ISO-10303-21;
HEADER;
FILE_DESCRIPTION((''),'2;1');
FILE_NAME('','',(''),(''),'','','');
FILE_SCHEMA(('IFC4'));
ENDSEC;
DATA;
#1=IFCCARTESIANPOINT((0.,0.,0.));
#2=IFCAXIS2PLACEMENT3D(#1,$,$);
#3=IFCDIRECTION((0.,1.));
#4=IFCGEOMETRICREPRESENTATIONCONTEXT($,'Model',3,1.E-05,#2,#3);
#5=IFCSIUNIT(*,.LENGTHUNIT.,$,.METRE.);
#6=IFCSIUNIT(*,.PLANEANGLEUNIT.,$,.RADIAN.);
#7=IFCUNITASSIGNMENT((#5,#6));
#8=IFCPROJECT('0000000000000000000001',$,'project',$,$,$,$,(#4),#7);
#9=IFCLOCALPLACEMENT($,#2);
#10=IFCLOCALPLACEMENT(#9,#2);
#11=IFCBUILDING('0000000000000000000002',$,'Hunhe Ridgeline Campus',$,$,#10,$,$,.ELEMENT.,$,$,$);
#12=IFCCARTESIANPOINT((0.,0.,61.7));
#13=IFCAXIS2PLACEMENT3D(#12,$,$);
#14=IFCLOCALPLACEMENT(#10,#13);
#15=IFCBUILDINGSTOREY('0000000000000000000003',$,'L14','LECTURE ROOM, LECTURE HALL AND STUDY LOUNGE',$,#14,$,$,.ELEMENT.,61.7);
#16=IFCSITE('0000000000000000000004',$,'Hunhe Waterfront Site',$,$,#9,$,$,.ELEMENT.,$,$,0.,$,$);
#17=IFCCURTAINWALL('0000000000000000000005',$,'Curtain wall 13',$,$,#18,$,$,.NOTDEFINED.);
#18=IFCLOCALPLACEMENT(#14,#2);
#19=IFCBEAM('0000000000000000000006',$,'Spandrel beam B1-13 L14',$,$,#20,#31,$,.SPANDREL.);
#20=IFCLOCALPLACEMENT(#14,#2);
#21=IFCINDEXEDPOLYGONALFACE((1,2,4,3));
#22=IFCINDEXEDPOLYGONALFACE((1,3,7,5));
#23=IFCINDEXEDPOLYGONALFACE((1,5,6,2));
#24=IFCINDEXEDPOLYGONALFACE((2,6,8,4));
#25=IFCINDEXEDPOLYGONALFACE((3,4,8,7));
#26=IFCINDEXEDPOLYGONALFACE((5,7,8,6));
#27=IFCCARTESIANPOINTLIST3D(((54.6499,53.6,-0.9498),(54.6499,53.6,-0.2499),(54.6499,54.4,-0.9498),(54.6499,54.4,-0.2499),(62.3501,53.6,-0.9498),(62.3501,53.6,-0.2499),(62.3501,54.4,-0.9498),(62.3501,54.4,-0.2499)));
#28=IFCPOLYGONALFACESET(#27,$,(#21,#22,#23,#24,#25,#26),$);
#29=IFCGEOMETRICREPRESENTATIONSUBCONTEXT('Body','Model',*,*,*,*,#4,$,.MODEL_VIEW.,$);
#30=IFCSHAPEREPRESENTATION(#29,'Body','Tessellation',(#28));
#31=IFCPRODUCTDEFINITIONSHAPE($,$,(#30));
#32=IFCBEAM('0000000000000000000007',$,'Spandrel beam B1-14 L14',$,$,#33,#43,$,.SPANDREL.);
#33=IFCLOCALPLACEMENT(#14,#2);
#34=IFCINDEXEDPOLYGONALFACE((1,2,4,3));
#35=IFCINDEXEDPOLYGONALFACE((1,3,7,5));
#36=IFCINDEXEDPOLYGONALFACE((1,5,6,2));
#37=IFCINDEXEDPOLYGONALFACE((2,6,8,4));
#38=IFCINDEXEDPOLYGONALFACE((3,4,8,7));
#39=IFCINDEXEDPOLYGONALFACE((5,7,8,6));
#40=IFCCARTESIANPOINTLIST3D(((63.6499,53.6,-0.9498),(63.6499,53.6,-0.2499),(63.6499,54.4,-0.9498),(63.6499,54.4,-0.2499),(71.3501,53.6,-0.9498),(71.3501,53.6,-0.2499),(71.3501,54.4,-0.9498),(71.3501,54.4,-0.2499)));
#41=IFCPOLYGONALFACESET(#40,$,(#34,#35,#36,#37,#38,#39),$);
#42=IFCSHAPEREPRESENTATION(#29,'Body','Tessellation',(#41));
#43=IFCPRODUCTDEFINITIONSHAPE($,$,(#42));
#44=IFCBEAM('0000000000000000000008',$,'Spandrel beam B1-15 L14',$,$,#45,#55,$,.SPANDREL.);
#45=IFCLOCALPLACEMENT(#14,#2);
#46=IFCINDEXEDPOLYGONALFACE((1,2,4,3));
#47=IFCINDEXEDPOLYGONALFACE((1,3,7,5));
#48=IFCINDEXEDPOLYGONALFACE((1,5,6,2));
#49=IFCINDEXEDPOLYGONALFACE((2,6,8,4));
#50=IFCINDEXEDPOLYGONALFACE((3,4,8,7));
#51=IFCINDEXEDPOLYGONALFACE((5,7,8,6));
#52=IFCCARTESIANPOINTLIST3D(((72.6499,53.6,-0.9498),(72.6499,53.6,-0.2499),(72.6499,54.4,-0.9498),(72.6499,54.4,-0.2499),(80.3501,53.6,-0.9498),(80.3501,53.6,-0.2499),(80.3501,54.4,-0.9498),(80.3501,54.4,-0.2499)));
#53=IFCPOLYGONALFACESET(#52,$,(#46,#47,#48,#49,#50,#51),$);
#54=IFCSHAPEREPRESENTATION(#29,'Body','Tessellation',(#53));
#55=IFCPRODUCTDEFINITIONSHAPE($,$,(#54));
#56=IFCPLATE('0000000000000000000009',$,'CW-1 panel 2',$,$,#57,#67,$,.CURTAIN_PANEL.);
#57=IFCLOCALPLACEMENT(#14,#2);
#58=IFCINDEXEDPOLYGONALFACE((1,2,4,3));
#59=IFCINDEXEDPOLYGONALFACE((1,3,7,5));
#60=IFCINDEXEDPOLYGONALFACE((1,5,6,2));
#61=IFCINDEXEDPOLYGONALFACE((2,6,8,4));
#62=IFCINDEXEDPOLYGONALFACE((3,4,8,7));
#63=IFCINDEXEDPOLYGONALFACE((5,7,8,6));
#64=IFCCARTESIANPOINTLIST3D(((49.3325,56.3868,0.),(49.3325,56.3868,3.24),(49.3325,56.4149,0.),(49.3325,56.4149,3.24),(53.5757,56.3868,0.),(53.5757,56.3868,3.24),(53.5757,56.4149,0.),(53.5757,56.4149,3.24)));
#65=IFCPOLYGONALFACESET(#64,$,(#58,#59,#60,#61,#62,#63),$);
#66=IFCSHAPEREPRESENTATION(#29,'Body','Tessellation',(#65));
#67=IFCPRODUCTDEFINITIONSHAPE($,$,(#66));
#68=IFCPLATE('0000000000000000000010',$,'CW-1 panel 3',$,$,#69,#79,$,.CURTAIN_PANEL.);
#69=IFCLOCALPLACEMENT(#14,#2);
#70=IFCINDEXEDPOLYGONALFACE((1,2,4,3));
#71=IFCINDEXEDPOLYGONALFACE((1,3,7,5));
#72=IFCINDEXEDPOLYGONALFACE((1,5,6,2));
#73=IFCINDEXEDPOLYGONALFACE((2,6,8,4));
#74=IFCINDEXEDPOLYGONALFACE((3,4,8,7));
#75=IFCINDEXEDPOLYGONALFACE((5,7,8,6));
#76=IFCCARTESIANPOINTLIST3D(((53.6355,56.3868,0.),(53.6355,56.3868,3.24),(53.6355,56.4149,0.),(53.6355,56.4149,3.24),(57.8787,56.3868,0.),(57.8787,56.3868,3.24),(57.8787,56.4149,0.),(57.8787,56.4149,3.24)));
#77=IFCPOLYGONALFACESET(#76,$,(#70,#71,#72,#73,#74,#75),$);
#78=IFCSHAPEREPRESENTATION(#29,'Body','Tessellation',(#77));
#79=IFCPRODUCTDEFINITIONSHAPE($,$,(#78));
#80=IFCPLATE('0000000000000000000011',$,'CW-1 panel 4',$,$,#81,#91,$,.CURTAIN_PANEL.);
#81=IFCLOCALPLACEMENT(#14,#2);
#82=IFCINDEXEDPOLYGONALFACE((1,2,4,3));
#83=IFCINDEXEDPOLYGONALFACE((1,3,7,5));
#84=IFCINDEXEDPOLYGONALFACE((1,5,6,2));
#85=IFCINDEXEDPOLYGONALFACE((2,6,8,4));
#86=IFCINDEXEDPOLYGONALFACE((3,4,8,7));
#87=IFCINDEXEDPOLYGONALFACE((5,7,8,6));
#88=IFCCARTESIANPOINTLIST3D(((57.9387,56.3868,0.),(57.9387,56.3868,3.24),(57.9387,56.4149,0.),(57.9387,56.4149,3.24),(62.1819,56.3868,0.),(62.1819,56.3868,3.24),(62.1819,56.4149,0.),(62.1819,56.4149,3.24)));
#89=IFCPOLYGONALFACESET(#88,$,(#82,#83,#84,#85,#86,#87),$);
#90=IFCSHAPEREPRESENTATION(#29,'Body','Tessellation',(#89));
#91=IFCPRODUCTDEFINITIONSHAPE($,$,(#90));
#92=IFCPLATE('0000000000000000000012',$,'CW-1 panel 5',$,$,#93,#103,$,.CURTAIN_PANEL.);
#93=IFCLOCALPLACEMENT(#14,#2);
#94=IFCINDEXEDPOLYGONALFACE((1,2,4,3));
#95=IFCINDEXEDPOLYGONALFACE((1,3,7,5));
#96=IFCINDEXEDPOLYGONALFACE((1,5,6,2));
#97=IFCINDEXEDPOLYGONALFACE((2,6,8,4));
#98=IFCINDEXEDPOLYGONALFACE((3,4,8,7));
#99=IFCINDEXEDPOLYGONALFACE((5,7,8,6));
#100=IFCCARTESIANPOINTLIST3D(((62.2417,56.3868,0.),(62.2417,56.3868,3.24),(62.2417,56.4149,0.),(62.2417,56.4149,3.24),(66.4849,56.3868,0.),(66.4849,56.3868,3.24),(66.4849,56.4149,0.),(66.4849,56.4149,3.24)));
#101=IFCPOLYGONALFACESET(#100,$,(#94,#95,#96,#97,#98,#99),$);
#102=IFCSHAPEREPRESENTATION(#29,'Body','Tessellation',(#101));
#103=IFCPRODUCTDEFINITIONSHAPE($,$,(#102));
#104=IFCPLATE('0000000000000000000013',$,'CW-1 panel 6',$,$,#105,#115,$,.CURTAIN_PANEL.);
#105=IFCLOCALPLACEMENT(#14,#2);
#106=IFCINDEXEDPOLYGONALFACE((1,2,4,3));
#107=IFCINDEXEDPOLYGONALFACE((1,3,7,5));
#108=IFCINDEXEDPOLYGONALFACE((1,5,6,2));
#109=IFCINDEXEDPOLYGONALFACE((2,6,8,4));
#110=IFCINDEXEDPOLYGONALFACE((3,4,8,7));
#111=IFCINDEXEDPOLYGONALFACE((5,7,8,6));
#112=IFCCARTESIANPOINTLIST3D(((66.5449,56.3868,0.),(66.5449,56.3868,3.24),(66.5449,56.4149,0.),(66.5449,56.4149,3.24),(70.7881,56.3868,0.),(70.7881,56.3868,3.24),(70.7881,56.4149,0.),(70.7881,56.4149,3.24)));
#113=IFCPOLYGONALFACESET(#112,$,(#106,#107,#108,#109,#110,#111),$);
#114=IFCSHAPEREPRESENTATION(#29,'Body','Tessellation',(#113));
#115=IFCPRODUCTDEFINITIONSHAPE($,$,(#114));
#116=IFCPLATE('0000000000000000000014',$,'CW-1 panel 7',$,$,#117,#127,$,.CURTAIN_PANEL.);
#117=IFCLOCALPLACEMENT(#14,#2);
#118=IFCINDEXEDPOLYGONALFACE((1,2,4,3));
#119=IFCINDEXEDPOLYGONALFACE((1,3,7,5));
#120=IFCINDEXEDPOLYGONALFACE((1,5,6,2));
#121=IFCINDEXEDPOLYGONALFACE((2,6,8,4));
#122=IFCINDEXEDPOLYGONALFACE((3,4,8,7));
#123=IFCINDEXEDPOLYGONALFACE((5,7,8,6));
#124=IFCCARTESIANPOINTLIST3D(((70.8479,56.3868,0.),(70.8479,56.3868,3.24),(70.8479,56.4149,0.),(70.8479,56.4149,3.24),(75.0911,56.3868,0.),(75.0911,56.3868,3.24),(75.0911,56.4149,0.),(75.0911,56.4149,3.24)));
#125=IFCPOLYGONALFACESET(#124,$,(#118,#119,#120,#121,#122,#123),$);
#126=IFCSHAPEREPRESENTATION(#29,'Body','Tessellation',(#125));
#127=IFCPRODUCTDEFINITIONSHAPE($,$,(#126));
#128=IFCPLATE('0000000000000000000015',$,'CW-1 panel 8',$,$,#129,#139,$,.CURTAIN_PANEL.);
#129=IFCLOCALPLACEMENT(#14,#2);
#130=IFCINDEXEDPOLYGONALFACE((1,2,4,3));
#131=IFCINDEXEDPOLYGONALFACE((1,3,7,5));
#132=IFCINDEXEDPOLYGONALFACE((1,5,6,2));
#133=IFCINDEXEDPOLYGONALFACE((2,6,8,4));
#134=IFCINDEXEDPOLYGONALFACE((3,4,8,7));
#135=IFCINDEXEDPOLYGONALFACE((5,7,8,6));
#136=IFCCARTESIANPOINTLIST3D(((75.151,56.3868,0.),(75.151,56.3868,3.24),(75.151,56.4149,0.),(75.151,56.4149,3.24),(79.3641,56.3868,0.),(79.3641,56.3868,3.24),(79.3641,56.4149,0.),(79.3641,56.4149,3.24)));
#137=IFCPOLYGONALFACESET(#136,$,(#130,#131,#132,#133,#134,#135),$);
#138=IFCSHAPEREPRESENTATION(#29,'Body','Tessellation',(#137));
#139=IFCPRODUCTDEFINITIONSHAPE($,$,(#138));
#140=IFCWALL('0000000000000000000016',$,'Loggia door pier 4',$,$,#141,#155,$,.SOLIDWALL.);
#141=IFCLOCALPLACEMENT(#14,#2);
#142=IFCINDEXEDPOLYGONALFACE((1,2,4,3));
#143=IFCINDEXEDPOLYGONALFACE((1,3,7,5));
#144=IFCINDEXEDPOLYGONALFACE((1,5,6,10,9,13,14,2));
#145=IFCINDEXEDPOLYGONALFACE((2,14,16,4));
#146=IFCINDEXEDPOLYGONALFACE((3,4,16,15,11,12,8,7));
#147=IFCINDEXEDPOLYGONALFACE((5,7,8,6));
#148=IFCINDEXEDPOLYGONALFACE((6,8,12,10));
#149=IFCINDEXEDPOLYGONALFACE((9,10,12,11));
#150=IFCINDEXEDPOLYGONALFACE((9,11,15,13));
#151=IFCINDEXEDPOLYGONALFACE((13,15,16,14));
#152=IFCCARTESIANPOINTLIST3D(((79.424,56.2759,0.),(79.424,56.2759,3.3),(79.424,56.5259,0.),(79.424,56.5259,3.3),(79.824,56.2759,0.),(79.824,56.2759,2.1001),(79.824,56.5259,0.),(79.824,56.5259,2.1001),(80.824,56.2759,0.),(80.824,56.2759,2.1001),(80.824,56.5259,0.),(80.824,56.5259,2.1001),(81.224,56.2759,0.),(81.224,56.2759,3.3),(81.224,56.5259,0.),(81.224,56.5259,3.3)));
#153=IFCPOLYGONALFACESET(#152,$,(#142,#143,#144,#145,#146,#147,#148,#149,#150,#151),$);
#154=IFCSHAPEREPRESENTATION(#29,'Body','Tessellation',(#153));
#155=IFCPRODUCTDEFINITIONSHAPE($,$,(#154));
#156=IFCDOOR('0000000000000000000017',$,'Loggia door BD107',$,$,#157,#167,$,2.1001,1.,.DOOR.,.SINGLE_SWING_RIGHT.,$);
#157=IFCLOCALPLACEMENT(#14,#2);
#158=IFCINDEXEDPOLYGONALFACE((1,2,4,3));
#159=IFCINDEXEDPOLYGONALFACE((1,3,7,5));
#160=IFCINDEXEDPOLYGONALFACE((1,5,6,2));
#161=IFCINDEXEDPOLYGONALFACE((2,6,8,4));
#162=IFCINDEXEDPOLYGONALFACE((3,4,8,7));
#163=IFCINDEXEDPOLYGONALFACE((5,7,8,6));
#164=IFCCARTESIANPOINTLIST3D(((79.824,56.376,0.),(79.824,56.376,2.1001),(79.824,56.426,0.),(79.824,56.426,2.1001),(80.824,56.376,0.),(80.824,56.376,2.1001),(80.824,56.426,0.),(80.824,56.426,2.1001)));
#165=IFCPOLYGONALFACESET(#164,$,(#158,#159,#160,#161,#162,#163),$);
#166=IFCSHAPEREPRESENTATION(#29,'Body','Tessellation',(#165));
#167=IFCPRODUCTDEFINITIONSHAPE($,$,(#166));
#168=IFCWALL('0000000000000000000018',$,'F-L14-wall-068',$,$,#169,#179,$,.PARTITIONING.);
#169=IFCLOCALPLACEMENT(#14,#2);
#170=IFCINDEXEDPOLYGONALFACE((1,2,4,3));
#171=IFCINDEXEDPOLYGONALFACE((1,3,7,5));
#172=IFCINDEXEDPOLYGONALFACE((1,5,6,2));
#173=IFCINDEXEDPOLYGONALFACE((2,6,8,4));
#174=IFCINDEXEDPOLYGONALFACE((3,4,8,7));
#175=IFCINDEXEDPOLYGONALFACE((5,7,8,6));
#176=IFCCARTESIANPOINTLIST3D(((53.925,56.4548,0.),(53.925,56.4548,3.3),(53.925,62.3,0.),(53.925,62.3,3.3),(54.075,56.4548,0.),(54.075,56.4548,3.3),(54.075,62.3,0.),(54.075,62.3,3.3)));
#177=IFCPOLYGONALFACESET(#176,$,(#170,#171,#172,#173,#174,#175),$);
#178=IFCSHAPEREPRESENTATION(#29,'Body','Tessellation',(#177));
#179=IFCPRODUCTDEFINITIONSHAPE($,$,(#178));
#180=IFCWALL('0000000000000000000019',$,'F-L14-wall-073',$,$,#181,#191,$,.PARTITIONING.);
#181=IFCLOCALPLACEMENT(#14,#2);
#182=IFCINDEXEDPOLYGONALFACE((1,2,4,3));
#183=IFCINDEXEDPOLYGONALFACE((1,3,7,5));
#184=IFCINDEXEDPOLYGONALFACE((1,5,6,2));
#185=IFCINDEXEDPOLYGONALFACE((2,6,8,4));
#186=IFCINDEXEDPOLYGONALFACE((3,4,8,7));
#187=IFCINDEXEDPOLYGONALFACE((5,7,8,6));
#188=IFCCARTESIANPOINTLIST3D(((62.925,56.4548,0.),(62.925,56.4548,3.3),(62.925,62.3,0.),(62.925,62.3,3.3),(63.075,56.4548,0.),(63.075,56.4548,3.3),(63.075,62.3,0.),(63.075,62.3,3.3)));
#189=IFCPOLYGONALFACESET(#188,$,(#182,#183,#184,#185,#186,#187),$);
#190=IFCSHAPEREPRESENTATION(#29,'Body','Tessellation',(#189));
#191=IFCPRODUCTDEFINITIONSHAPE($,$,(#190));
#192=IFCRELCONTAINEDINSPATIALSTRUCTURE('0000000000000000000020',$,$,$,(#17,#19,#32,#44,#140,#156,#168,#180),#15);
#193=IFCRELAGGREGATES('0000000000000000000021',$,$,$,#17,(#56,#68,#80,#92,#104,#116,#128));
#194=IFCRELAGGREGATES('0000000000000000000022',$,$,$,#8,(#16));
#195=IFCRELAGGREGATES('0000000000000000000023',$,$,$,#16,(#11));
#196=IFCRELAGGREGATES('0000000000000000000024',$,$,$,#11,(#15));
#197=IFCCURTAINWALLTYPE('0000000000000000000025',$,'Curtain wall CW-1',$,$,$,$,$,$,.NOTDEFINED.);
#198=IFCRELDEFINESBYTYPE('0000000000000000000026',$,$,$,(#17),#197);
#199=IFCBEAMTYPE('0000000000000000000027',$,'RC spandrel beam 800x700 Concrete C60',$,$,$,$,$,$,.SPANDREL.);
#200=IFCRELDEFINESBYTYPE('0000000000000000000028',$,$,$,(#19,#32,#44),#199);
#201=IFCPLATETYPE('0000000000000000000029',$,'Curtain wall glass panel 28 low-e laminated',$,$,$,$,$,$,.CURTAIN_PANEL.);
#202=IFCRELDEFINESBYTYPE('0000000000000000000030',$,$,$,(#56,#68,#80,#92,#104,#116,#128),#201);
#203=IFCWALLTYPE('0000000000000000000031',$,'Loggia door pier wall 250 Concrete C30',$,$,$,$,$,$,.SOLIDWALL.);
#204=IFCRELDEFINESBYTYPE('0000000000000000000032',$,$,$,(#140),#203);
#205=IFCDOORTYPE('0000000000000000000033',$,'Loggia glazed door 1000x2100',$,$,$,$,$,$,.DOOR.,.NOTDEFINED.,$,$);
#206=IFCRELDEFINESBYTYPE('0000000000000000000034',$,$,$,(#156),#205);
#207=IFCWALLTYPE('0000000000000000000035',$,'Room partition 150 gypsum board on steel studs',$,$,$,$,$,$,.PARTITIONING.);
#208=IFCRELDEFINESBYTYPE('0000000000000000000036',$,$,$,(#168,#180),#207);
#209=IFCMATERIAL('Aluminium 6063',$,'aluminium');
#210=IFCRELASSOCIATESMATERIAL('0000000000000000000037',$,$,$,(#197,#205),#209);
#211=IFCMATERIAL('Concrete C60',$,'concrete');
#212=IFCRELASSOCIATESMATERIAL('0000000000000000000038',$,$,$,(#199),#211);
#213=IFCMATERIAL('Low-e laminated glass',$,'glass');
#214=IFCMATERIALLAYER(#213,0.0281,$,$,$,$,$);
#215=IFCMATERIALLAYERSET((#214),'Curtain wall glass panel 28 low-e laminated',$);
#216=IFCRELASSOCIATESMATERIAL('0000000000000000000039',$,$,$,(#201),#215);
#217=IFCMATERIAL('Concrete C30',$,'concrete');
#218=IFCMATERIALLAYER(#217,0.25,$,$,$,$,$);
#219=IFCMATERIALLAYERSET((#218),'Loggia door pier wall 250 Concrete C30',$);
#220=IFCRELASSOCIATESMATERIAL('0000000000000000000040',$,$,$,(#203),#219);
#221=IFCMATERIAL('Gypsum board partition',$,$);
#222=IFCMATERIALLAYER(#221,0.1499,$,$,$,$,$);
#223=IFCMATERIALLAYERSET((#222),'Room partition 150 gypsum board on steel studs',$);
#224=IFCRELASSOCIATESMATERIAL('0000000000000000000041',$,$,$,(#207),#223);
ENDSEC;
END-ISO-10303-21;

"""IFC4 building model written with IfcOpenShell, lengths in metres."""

from ifc_helpers import new_model, si_unit, direction, frame, frame_2d, origin, origin_2d, place, context, subcontext, project, spatial, rectangle, extrude, material, layer, layer_set, material_profile, profile_set, type_object, element, fill, aggregate, save


model = new_model("IFC4")

# Units and contexts
model_context = context("Model", 3, precision=1e-05, world=origin(), true_north=direction((0.0, 1.0)))
body_context = subcontext(model_context, "Body", "Model", "MODEL_VIEW")
ifc_project = project(units=[si_unit("LENGTHUNIT", "METRE"), si_unit("PLANEANGLEUNIT", "RADIAN")], contexts=[model_context])

# Site, building, storey
site_placement = place(None, origin())
site = spatial("IfcSite", under=ifc_project, at=site_placement, Name="Hunhe Waterfront Site", CompositionType="ELEMENT", RefElevation=0.0)
building_placement = place(site_placement, origin())
building = spatial("IfcBuilding", under=site, at=building_placement, Name="Hunhe Ridgeline Campus", CompositionType="ELEMENT")
storey_placement = place(building_placement, frame((0.0, 0.0, 61.7)))
storey = spatial("IfcBuildingStorey", under=building, at=storey_placement, Name="L14", Description="LECTURE ROOM, LECTURE HALL AND STUDY LOUNGE", CompositionType="ELEMENT", Elevation=61.7)

# Curtain wall
ifc_material_1 = material(Name="Aluminium 6063", Category="aluminium")
curtain_wall_type = type_object("IfcCurtainWallType", Name="Curtain wall CW-1", PredefinedType="NOTDEFINED", material=ifc_material_1)
curtain_wall_placement = place(storey_placement, origin())
curtain_wall = element("IfcCurtainWall", 1, at=curtain_wall_placement, inside=storey, type_object=curtain_wall_type, Name="Curtain wall 13", PredefinedType="NOTDEFINED")

# Beams
ifc_material_2 = material(Name="Concrete C60", Category="concrete")
ifc_material_profile_1 = material_profile(ifc_material_2, rectangle(XDim=0.8, YDim=0.7, at=origin_2d()))
ifc_profile_set_1 = profile_set([ifc_material_profile_1], Name="Concrete C60")
beam_type = type_object("IfcBeamType", Name="RC spandrel beam 800x700 Concrete C60", PredefinedType="SPANDREL", material=ifc_profile_set_1)
for number, where, z_axis, x_axis, name in (
    (2, (54.6499, 54.0, -0.5999), (1.0, 0.0, 0.0), (0.0, 1.0, 0.0), "Spandrel beam B1-13 L14"),
    (3, (63.6499, 54.0, -0.5999), (1.0, 0.0, 0.0), (0.0, 1.0, 0.0), "Spandrel beam B1-14 L14"),
    (4, (72.6499, 54.0, -0.5999), (1.0, 0.0, 0.0), (0.0, 1.0, 0.0), "Spandrel beam B1-15 L14"),
):
    element("IfcBeam", number, at=place(storey_placement, frame(where, z_axis=z_axis, x_axis=x_axis)), inside=storey, type_object=beam_type, Name=name, PredefinedType="SPANDREL", context=body_context, shape_type="SweptSolid", body=[
        extrude(rectangle(XDim=0.8, YDim=0.7, at=origin_2d()), origin(), (0.0, 0.0, 1.0), 7.7002),
    ])

# Plates
ifc_material_3 = material(Name="Low-e laminated glass", Category="glass")
ifc_layer_1 = layer(ifc_material_3, 0.0281)
ifc_layer_set_1 = layer_set([ifc_layer_1], Name="Curtain wall glass panel 28 low-e laminated")
plate_type = type_object("IfcPlateType", Name="Curtain wall glass panel 28 low-e laminated", PredefinedType="CURTAIN_PANEL", material=ifc_layer_set_1)
plate_1_placement = place(storey_placement, frame((51.4541, 56.4009, 0.0), z_axis=(0.0, 0.0, 1.0), x_axis=(1.0, 0.000004, 0.0)))
plate_1 = element("IfcPlate", 5, at=plate_1_placement, type_object=plate_type, Name="CW-1 panel 2", PredefinedType="CURTAIN_PANEL", context=body_context, shape_type="SweptSolid", body=[
    extrude(rectangle(XDim=4.2432, YDim=0.0281, at=origin_2d()), origin(), (0.0, 0.0, 1.0), 3.24),
])
plate_2_placement = place(storey_placement, frame((55.7571, 56.4009, 0.0), z_axis=(0.0, 0.0, 1.0), x_axis=(1.0, 0.000004, 0.0)))
plate_2 = element("IfcPlate", 6, at=plate_2_placement, type_object=plate_type, Name="CW-1 panel 3", PredefinedType="CURTAIN_PANEL", context=body_context, shape_type="SweptSolid", body=[
    extrude(rectangle(XDim=4.2432, YDim=0.0281, at=origin_2d()), origin(), (0.0, 0.0, 1.0), 3.24),
])
plate_3_placement = place(storey_placement, frame((60.0603, 56.4009, 0.0), z_axis=(0.0, 0.0, 1.0), x_axis=(1.0, 0.000004, 0.0)))
plate_3 = element("IfcPlate", 7, at=plate_3_placement, type_object=plate_type, Name="CW-1 panel 4", PredefinedType="CURTAIN_PANEL", context=body_context, shape_type="SweptSolid", body=[
    extrude(rectangle(XDim=4.2432, YDim=0.0281, at=origin_2d()), origin(), (0.0, 0.0, 1.0), 3.24),
])
plate_4_placement = place(storey_placement, frame((64.3633, 56.4009, 0.0), z_axis=(0.0, 0.0, 1.0), x_axis=(1.0, 0.000004, 0.0)))
plate_4 = element("IfcPlate", 8, at=plate_4_placement, type_object=plate_type, Name="CW-1 panel 5", PredefinedType="CURTAIN_PANEL", context=body_context, shape_type="SweptSolid", body=[
    extrude(rectangle(XDim=4.2432, YDim=0.0281, at=origin_2d()), origin(), (0.0, 0.0, 1.0), 3.24),
])
plate_5_placement = place(storey_placement, frame((68.6665, 56.4009, 0.0), z_axis=(0.0, 0.0, 1.0), x_axis=(1.0, 0.000004, 0.0)))
plate_5 = element("IfcPlate", 9, at=plate_5_placement, type_object=plate_type, Name="CW-1 panel 6", PredefinedType="CURTAIN_PANEL", context=body_context, shape_type="SweptSolid", body=[
    extrude(rectangle(XDim=4.2432, YDim=0.0281, at=origin_2d()), origin(), (0.0, 0.0, 1.0), 3.24),
])
plate_6_placement = place(storey_placement, frame((72.9695, 56.4009, 0.0), z_axis=(0.0, 0.0, 1.0), x_axis=(1.0, 0.000004, 0.0)))
plate_6 = element("IfcPlate", 10, at=plate_6_placement, type_object=plate_type, Name="CW-1 panel 7", PredefinedType="CURTAIN_PANEL", context=body_context, shape_type="SweptSolid", body=[
    extrude(rectangle(XDim=4.2432, YDim=0.0281, at=origin_2d()), origin(), (0.0, 0.0, 1.0), 3.24),
])
plate_7_placement = place(storey_placement, frame((77.2576, 56.4009, 0.0), z_axis=(0.0, 0.0, 1.0), x_axis=(1.0, 0.000004, 0.0)))
plate_7 = element("IfcPlate", 11, at=plate_7_placement, type_object=plate_type, Name="CW-1 panel 8", PredefinedType="CURTAIN_PANEL", context=body_context, shape_type="SweptSolid", body=[
    extrude(rectangle(XDim=4.2131, YDim=0.0281, at=origin_2d()), origin(), (0.0, 0.0, 1.0), 3.24),
])
aggregate(curtain_wall, [plate_1, plate_2, plate_3, plate_4, plate_5, plate_6, plate_7])

# Wall, opening, door
ifc_material_4 = material(Name="Concrete C30", Category="concrete")
ifc_layer_2 = layer(ifc_material_4, 0.25)
ifc_layer_set_2 = layer_set([ifc_layer_2], Name="Loggia door pier wall 250 Concrete C30")
wall_type_1 = type_object("IfcWallType", Name="Loggia door pier wall 250 Concrete C30", PredefinedType="SOLIDWALL", material=ifc_layer_set_2)
wall_placement = place(storey_placement, frame((79.4241, 56.4009, 0.0), z_axis=(0.0, 0.0, 1.0), x_axis=(1.0, 0.0, 0.0)))
wall = element("IfcWall", 12, at=wall_placement, inside=storey, type_object=wall_type_1, Name="Loggia door pier 4", PredefinedType="SOLIDWALL", context=body_context, shape_type="SweptSolid", body=[
    extrude(rectangle(XDim=1.8, YDim=0.25, at=frame_2d((0.8999, 0.0))), origin(), (0.0, 0.0, 1.0), 3.3),
])
opening_placement = place(wall_placement, frame((0.3999, 0.0, 0.0)))
opening = element("IfcOpeningElement", 13, at=opening_placement, cuts=wall, PredefinedType="OPENING", context=body_context, shape_type="SweptSolid", body=[
    extrude(rectangle(XDim=1.0, YDim=2.1001, at=frame_2d((0.5, 1.05))), frame((0.0, 0.125, 0.0), z_axis=(0.0, -1.0, 0.0), x_axis=(1.0, 0.0, 0.0)), (0.0, 0.0, 1.0), 0.25),
])
door_type = type_object("IfcDoorType", Name="Loggia glazed door 1000x2100", OperationType="NOTDEFINED", PredefinedType="DOOR", material=ifc_material_1)
door_placement = place(opening_placement, frame((1.0, 0.0, 0.0), z_axis=(0.0, 0.0, 1.0), x_axis=(-1.0, 0.0, 0.0)))
door = element("IfcDoor", 14, at=door_placement, inside=storey, type_object=door_type, Name="Loggia door BD107", OperationType="SINGLE_SWING_RIGHT", OverallHeight=2.1001, OverallWidth=1.0, PredefinedType="DOOR", context=body_context, shape_type="SweptSolid", body=[
    extrude(rectangle(XDim=1.0, YDim=2.1001, at=frame_2d((0.5, 1.05))), frame((0.0, 0.0249, 0.0), z_axis=(0.0, -1.0, 0.0), x_axis=(1.0, 0.0, 0.0)), (0.0, 0.0, 1.0), 0.05),
])
fill(opening, door)

# Walls
ifc_material_5 = material(Name="Gypsum board partition")
ifc_layer_3 = layer(ifc_material_5, 0.1499)
ifc_layer_set_3 = layer_set([ifc_layer_3], Name="Room partition 150 gypsum board on steel studs")
wall_type_2 = type_object("IfcWallType", Name="Room partition 150 gypsum board on steel studs", PredefinedType="PARTITIONING", material=ifc_layer_set_3)
for number, where, z_axis, x_axis, name in (
    (15, (54.0, 62.3, 0.0), (0.0, 0.0, 1.0), (0.0, -1.0, 0.0), "F-L14-wall-068"),
    (16, (63.0, 62.3, 0.0), (0.0, 0.0, 1.0), (0.0, -1.0, 0.0), "F-L14-wall-073"),
):
    element("IfcWall", number, at=place(storey_placement, frame(where, z_axis=z_axis, x_axis=x_axis)), inside=storey, type_object=wall_type_2, Name=name, PredefinedType="PARTITIONING", context=body_context, shape_type="SweptSolid", body=[
        extrude(rectangle(XDim=5.8452, YDim=0.1499, at=frame_2d((2.9226, 0.0))), origin(), (0.0, 0.0, 1.0), 3.3),
    ])

save(model, "model.ifc")
